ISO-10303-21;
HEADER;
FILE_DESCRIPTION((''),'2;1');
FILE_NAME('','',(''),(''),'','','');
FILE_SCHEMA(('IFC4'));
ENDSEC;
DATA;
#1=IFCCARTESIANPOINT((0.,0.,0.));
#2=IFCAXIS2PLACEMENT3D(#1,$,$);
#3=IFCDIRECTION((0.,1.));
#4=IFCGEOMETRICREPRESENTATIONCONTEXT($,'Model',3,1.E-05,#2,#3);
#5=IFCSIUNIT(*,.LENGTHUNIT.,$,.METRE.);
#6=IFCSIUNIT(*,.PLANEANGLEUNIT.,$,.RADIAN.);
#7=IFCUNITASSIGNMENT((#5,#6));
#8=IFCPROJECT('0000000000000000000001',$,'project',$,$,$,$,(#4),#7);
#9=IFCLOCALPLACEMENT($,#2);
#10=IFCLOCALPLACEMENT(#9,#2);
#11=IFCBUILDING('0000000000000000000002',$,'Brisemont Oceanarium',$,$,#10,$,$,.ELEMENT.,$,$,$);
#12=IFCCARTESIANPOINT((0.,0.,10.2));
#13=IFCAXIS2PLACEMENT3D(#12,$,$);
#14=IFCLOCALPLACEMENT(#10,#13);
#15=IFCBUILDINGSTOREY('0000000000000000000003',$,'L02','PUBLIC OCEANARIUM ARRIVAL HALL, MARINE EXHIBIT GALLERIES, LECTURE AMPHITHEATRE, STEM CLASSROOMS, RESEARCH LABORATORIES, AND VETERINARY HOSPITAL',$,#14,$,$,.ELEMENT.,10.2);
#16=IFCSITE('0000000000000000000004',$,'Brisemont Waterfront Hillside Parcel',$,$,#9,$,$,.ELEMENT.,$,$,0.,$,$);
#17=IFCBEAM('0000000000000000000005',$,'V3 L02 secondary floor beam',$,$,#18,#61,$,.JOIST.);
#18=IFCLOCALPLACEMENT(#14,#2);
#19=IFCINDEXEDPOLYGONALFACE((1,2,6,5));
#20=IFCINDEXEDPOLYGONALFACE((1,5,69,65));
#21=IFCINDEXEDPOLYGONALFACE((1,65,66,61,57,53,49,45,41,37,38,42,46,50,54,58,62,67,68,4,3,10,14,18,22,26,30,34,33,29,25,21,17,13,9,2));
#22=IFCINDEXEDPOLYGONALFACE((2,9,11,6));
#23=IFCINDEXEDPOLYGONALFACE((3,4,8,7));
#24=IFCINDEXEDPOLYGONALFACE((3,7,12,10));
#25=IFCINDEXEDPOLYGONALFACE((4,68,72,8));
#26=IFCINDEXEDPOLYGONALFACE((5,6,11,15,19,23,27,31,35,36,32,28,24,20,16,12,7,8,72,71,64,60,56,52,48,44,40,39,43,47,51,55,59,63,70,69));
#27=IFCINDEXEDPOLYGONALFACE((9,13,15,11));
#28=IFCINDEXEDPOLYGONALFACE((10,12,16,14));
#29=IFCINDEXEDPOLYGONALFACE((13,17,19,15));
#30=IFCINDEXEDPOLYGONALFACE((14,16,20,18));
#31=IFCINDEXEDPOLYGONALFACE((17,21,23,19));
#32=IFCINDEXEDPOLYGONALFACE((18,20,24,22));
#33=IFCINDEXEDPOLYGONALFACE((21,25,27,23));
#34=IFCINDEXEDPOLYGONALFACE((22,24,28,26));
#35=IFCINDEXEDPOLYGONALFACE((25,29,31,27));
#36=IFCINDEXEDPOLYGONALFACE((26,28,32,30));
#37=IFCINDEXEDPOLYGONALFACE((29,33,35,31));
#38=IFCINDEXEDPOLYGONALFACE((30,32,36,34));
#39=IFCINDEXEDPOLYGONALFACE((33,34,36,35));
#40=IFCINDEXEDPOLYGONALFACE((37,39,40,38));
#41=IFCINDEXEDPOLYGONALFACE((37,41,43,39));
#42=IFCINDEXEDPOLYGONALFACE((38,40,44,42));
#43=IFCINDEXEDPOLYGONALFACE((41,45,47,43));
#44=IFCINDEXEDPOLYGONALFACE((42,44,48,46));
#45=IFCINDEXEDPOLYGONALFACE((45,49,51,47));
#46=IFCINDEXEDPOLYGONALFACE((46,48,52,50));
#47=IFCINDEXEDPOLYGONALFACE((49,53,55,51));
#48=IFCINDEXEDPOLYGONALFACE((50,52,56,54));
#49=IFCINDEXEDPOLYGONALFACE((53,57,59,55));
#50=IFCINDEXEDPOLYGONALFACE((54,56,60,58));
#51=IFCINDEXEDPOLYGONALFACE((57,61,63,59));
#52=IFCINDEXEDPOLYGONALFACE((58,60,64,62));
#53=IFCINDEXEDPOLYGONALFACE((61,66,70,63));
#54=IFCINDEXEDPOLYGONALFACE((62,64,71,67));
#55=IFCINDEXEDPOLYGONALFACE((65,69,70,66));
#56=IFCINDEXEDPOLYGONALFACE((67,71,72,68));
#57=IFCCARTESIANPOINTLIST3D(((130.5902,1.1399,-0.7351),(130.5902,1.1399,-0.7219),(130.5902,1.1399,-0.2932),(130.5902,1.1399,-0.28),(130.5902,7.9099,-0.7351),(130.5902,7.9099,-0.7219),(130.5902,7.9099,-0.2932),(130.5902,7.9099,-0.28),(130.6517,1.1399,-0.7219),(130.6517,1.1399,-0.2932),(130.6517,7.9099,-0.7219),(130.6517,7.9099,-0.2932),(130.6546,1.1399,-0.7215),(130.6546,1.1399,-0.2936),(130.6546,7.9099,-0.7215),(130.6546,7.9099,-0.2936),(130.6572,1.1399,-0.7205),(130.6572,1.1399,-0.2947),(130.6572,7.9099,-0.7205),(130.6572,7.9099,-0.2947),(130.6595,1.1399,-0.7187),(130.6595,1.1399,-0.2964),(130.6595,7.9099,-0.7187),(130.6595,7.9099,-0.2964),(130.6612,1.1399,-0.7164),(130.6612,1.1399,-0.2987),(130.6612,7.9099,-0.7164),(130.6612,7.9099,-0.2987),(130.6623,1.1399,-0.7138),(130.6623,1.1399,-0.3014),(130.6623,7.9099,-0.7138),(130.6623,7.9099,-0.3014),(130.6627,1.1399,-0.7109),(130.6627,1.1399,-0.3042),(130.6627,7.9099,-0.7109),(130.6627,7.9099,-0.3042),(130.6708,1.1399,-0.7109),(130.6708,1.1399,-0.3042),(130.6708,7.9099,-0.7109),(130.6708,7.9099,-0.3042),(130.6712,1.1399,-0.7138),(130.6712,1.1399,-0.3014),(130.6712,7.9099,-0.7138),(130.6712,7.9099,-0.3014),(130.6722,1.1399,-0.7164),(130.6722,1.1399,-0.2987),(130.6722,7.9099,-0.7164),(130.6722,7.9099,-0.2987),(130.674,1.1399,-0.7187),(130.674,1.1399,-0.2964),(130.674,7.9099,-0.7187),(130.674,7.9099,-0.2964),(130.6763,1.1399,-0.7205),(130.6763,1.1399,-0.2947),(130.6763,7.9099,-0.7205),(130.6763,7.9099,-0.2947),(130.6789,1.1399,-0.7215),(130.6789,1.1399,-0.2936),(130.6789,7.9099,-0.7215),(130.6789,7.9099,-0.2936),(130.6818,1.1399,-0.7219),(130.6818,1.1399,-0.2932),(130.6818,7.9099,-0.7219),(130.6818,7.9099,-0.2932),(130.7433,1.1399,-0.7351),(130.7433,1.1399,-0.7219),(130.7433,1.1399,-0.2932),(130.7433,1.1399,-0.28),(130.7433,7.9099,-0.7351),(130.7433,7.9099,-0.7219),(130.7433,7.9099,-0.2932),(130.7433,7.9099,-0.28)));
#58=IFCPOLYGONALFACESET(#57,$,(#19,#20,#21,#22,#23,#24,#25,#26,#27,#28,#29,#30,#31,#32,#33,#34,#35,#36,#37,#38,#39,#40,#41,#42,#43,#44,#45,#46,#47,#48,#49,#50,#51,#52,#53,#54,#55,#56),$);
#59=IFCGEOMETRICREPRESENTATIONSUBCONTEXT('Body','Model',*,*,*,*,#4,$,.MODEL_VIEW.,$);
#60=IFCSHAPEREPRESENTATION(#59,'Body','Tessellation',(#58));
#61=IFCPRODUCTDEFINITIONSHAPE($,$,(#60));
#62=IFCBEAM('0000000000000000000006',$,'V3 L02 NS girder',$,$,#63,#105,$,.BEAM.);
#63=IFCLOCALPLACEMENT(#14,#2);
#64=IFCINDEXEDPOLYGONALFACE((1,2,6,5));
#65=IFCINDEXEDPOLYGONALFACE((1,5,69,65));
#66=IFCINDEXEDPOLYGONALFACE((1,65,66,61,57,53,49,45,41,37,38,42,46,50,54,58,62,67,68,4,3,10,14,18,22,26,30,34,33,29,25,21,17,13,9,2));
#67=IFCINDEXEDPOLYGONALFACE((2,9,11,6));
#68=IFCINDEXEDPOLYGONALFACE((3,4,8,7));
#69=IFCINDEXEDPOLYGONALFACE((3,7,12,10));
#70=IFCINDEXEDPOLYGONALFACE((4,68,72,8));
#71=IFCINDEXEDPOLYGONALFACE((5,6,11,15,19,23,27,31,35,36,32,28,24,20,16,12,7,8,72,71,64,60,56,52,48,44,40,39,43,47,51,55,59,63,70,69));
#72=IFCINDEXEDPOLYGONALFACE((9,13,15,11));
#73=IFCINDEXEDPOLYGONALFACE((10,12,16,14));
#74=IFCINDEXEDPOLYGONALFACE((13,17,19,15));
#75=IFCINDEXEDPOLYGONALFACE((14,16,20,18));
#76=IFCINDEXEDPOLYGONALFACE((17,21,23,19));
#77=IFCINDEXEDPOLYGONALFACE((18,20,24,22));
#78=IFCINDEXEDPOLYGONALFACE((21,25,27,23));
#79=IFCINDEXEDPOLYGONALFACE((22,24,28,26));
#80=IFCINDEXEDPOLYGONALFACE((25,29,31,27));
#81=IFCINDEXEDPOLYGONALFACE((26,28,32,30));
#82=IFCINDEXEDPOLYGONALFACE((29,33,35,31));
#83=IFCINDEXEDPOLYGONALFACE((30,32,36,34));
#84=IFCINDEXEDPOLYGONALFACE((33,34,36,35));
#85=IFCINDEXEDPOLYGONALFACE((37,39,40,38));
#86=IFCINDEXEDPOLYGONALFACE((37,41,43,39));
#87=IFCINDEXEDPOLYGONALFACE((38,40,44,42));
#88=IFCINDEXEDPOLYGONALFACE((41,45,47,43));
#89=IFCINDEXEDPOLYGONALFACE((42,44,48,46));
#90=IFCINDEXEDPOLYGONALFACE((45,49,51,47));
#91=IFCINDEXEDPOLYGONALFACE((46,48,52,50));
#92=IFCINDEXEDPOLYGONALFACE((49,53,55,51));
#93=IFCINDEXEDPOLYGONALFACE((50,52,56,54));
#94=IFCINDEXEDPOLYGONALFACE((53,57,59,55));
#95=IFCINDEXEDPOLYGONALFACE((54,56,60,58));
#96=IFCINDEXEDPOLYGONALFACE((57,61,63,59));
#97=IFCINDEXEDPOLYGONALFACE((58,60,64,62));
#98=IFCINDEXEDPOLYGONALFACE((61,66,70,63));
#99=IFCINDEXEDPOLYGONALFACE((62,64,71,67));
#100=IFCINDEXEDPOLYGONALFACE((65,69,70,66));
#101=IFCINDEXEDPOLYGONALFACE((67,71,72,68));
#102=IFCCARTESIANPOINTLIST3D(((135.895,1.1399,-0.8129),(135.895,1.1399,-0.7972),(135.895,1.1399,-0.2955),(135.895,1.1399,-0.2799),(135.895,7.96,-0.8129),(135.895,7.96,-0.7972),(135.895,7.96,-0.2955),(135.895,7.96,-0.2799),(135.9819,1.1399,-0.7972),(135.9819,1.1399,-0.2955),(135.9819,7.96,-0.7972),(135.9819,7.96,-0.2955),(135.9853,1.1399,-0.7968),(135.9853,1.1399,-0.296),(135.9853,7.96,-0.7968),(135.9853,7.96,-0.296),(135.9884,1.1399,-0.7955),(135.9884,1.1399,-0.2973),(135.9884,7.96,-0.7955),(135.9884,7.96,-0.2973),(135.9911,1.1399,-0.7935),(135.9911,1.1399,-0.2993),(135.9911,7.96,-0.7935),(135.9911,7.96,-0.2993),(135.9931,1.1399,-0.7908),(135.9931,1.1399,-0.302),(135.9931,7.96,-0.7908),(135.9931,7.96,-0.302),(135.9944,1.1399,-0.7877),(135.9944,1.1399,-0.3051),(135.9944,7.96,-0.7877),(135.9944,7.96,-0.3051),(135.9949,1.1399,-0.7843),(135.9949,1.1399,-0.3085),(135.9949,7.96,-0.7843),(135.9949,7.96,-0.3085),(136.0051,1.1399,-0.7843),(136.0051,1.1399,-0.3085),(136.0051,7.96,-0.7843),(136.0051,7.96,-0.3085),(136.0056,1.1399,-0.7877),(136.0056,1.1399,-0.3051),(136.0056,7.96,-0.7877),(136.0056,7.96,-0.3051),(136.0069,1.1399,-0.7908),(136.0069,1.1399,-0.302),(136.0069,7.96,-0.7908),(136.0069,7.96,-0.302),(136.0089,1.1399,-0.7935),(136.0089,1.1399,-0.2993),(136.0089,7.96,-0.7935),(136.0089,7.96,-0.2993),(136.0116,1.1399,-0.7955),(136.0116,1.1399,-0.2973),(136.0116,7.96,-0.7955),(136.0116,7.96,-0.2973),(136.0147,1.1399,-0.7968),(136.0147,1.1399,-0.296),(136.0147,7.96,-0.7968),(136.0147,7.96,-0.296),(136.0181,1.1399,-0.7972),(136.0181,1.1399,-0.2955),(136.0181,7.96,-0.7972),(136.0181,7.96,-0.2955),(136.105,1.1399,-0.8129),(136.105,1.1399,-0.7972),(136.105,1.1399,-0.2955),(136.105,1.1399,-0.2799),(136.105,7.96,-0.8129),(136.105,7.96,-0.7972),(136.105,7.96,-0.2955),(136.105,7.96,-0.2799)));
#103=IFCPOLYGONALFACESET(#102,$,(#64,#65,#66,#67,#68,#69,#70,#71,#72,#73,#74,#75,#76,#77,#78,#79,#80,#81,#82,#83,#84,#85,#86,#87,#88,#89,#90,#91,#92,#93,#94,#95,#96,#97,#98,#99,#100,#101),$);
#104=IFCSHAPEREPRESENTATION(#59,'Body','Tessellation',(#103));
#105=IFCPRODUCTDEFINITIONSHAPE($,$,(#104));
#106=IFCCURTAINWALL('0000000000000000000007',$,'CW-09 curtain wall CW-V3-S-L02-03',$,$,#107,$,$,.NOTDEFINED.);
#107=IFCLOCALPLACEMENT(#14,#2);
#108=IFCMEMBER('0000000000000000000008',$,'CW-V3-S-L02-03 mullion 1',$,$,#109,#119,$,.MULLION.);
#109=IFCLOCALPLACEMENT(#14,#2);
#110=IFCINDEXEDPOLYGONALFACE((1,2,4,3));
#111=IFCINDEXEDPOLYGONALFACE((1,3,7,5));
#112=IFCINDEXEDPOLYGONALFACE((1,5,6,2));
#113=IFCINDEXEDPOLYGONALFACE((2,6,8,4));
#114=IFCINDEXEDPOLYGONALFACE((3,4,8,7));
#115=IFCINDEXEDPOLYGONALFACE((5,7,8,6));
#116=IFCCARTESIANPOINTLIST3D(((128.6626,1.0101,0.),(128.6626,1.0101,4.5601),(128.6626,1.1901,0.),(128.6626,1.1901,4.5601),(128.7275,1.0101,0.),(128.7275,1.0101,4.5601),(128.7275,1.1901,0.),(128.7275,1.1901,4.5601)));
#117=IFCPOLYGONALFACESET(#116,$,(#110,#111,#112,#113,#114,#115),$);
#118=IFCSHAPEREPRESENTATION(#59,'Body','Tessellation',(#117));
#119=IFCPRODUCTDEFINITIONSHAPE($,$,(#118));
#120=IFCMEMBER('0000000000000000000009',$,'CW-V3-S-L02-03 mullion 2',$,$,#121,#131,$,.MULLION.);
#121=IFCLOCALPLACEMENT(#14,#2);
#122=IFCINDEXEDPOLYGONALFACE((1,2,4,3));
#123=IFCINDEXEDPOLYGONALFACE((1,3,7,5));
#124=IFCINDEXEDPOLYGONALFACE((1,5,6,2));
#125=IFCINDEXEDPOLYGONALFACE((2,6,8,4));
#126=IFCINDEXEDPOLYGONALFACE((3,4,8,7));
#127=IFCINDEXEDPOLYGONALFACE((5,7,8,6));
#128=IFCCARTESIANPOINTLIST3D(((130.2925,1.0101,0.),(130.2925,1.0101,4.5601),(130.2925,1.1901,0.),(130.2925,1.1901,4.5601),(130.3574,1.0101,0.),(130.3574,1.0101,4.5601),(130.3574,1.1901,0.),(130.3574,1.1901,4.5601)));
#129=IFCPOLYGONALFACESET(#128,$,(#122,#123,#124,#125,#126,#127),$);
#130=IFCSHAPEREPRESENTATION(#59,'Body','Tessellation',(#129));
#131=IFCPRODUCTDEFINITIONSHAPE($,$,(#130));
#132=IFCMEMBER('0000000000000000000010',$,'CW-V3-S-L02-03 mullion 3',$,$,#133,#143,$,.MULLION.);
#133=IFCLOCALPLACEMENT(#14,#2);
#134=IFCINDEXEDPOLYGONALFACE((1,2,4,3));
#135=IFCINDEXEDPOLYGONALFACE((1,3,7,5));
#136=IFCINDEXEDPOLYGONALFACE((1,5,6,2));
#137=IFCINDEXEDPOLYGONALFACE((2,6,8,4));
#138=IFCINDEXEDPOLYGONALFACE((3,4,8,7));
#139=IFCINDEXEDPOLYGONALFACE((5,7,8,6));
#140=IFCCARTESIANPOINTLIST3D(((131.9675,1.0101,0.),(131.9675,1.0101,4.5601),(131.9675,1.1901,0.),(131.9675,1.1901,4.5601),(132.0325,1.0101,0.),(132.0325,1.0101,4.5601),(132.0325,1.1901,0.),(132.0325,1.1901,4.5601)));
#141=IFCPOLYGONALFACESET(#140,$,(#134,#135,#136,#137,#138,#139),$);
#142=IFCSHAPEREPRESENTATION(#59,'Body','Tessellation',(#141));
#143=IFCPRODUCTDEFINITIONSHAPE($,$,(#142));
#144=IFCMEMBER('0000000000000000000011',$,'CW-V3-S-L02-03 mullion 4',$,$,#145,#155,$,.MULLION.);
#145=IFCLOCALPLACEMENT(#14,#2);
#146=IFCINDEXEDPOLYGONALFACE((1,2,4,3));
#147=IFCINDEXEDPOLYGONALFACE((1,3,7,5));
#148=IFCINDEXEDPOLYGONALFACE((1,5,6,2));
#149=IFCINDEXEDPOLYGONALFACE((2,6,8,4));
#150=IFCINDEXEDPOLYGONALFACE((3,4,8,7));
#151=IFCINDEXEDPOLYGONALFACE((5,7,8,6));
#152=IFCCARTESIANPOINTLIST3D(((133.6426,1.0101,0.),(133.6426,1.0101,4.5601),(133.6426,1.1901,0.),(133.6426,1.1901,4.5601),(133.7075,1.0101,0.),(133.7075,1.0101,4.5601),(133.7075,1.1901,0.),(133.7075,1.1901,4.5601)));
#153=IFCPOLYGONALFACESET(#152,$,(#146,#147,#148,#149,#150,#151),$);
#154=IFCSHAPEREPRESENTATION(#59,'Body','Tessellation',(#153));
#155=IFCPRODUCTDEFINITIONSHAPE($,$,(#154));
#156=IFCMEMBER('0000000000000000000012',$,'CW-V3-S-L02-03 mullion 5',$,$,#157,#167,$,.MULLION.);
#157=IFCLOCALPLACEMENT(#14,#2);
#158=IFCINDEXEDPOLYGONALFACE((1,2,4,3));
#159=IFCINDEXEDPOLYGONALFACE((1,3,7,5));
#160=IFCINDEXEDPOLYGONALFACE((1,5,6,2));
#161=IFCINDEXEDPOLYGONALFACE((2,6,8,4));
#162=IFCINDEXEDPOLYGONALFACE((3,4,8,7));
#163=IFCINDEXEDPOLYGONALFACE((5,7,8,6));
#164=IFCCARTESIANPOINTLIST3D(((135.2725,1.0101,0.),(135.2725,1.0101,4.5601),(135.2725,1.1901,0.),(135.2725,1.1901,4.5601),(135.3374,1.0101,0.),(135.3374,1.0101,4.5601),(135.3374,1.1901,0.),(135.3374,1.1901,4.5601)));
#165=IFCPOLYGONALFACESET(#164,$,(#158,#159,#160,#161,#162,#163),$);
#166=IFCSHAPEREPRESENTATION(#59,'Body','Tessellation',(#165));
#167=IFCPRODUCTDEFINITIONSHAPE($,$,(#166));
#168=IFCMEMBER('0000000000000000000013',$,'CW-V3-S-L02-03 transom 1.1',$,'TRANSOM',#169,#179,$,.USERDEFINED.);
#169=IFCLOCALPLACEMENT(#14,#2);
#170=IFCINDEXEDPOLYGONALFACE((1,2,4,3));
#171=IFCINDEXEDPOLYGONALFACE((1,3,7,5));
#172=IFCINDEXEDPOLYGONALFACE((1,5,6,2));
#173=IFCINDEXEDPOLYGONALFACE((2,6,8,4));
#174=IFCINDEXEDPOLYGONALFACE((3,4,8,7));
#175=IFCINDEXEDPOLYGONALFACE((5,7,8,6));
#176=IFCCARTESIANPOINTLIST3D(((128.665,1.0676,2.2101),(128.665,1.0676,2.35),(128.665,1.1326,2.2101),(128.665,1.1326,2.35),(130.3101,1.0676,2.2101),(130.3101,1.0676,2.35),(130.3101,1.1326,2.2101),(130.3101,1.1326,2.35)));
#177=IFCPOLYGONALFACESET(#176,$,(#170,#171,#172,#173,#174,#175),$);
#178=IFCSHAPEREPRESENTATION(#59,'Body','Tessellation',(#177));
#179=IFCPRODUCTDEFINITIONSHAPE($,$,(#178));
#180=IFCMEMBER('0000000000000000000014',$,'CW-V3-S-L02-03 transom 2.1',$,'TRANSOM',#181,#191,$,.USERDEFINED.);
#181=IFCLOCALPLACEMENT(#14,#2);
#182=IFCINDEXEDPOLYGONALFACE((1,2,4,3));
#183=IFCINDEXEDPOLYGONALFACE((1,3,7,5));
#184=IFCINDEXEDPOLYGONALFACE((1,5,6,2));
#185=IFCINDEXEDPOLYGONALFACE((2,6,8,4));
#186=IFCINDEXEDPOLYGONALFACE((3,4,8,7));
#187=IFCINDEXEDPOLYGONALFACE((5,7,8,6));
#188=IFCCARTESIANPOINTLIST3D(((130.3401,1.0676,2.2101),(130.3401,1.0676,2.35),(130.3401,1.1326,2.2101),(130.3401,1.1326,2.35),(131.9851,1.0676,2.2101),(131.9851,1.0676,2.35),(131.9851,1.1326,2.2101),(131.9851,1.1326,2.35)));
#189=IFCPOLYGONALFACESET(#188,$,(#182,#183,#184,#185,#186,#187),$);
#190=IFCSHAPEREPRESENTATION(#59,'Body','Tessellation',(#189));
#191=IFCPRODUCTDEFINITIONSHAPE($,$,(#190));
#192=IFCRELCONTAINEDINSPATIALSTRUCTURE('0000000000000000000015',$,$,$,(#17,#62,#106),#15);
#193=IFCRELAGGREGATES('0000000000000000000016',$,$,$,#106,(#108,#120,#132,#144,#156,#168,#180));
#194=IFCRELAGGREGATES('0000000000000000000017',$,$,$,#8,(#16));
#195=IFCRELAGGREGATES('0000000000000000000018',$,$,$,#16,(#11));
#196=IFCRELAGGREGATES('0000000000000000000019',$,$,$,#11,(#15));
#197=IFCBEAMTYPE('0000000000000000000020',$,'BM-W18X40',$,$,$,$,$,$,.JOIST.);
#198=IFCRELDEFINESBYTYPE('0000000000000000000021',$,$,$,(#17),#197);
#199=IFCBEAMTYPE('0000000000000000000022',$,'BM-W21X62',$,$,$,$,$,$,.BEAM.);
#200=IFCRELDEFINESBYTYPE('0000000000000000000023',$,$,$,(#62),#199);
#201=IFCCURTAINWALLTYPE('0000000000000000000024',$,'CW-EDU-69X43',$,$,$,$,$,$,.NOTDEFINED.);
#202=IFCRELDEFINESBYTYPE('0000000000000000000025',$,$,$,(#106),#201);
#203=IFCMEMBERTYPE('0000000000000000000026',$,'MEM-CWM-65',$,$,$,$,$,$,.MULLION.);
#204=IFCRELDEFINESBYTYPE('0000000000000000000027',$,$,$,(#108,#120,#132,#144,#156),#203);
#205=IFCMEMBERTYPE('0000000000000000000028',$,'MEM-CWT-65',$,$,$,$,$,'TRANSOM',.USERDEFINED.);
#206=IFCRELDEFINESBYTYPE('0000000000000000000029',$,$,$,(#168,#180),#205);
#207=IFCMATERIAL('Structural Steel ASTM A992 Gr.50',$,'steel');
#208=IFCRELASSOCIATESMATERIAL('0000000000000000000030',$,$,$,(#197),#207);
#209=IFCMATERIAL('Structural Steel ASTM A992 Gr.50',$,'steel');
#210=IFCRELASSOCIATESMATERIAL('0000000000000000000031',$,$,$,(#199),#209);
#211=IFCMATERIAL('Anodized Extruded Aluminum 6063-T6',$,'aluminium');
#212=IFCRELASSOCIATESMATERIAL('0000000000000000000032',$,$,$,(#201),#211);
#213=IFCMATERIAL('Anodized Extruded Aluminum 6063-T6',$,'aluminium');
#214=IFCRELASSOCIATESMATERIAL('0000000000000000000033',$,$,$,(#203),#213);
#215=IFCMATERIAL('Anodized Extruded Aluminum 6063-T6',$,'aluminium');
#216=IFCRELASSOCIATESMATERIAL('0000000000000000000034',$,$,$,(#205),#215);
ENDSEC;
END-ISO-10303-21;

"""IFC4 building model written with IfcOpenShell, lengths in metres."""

from ifc_helpers import new_model, si_unit, direction, frame, origin, origin_2d, place, context, subcontext, project, spatial, rectangle, i_section, extrude, material, material_profile, profile_set, type_object, element, aggregate, save


model = new_model("IFC4")

# Units and contexts
model_context = context("Model", 3, precision=1e-05, world=origin(), true_north=direction((0.0, 1.0)))
body_context = subcontext(model_context, "Body", "Model", "MODEL_VIEW")
ifc_project = project(units=[si_unit("LENGTHUNIT", "METRE"), si_unit("PLANEANGLEUNIT", "RADIAN")], contexts=[model_context])

# Site, building, storey
site_placement = place(None, origin())
site = spatial("IfcSite", under=ifc_project, at=site_placement, Name="Brisemont Waterfront Hillside Parcel", CompositionType="ELEMENT", RefElevation=0.0)
building_placement = place(site_placement, origin())
building = spatial("IfcBuilding", under=site, at=building_placement, Name="Brisemont Oceanarium", CompositionType="ELEMENT")
storey_placement = place(building_placement, frame((0.0, 0.0, 10.2)))
storey = spatial("IfcBuildingStorey", under=building, at=storey_placement, Name="L02", Description="PUBLIC OCEANARIUM ARRIVAL HALL, MARINE EXHIBIT GALLERIES, LECTURE AMPHITHEATRE, STEM CLASSROOMS, RESEARCH LABORATORIES, AND VETERINARY HOSPITAL", CompositionType="ELEMENT", Elevation=10.2)

# Beams
ifc_material_1 = material(Name="Structural Steel ASTM A992 Gr.50", Category="steel")
ifc_material_profile_1 = material_profile(ifc_material_1, i_section(OverallWidth=0.1531, OverallDepth=0.4551, WebThickness=0.0081, FlangeThickness=0.0132, FilletRadius=0.011, at=origin_2d()), Name="W18X40")
ifc_profile_set_1 = profile_set([ifc_material_profile_1], Name="Structural Steel ASTM A992 Gr.50")
beam_type_1 = type_object("IfcBeamType", Name="BM-W18X40", PredefinedType="JOIST", material=ifc_profile_set_1)
beam_1_placement = place(storey_placement, frame((130.6667, 1.1399, -0.5076), z_axis=(0.0, 1.0, 0.0), x_axis=(-1.0, 0.0, 0.0)))
element("IfcBeam", 1, at=beam_1_placement, inside=storey, type_object=beam_type_1, Name="V3 L02 secondary floor beam", PredefinedType="JOIST", context=body_context, shape_type="SweptSolid", body=[
    extrude(i_section(OverallWidth=0.1531, OverallDepth=0.4551, WebThickness=0.0081, FlangeThickness=0.0132, FilletRadius=0.011, at=origin_2d()), origin(), (0.0, 0.0, 1.0), 6.77),
])
ifc_material_2 = material(Name="Structural Steel ASTM A992 Gr.50", Category="steel")
ifc_material_profile_2 = material_profile(ifc_material_2, i_section(OverallWidth=0.21, OverallDepth=0.533, WebThickness=0.0103, FlangeThickness=0.0156, FilletRadius=0.0129, at=origin_2d()), Name="W21X62")
ifc_profile_set_2 = profile_set([ifc_material_profile_2], Name="Structural Steel ASTM A992 Gr.50")
beam_type_2 = type_object("IfcBeamType", Name="BM-W21X62", PredefinedType="BEAM", material=ifc_profile_set_2)
beam_2_placement = place(storey_placement, frame((136.0, 1.1399, -0.5464), z_axis=(0.0, 1.0, 0.0), x_axis=(-1.0, 0.0, 0.0)))
element("IfcBeam", 2, at=beam_2_placement, inside=storey, type_object=beam_type_2, Name="V3 L02 NS girder", PredefinedType="BEAM", context=body_context, shape_type="SweptSolid", body=[
    extrude(i_section(OverallWidth=0.21, OverallDepth=0.533, WebThickness=0.0103, FlangeThickness=0.0156, FilletRadius=0.0129, at=origin_2d()), origin(), (0.0, 0.0, 1.0), 6.8201),
])

# Curtain wall, members
ifc_material_3 = material(Name="Anodized Extruded Aluminum 6063-T6", Category="aluminium")
curtain_wall_type = type_object("IfcCurtainWallType", Name="CW-EDU-69X43", PredefinedType="NOTDEFINED", material=ifc_material_3)
curtain_wall_placement = place(storey_placement, origin())
curtain_wall = element("IfcCurtainWall", 3, at=curtain_wall_placement, inside=storey, type_object=curtain_wall_type, Name="CW-09 curtain wall CW-V3-S-L02-03", PredefinedType="NOTDEFINED")
ifc_material_4 = material(Name="Anodized Extruded Aluminum 6063-T6", Category="aluminium")
ifc_material_profile_3 = material_profile(ifc_material_4, rectangle(XDim=0.0649, YDim=0.1799, at=origin_2d()), Name="CWM-65X180")
ifc_profile_set_3 = profile_set([ifc_material_profile_3], Name="Anodized Extruded Aluminum 6063-T6")
member_type_1 = type_object("IfcMemberType", Name="MEM-CWM-65", PredefinedType="MULLION", material=ifc_profile_set_3)
member_1_placement = place(storey_placement, frame((128.6951, 1.1001, 0.0), z_axis=(0.0, 0.0, 1.0), x_axis=(1.0, 0.0, 0.0)))
member_1 = element("IfcMember", 4, at=member_1_placement, type_object=member_type_1, Name="CW-V3-S-L02-03 mullion 1", PredefinedType="MULLION", context=body_context, shape_type="SweptSolid", body=[
    extrude(rectangle(XDim=0.0649, YDim=0.1799, at=origin_2d()), origin(), (0.0, 0.0, 1.0), 4.5601),
])
member_2_placement = place(storey_placement, frame((130.325, 1.1001, 0.0), z_axis=(0.0, 0.0, 1.0), x_axis=(1.0, 0.0, 0.0)))
member_2 = element("IfcMember", 5, at=member_2_placement, type_object=member_type_1, Name="CW-V3-S-L02-03 mullion 2", PredefinedType="MULLION", context=body_context, shape_type="SweptSolid", body=[
    extrude(rectangle(XDim=0.0649, YDim=0.1799, at=origin_2d()), origin(), (0.0, 0.0, 1.0), 4.5601),
])
member_3_placement = place(storey_placement, frame((132.0, 1.1001, 0.0), z_axis=(0.0, 0.0, 1.0), x_axis=(1.0, 0.0, 0.0)))
member_3 = element("IfcMember", 6, at=member_3_placement, type_object=member_type_1, Name="CW-V3-S-L02-03 mullion 3", PredefinedType="MULLION", context=body_context, shape_type="SweptSolid", body=[
    extrude(rectangle(XDim=0.0649, YDim=0.1799, at=origin_2d()), origin(), (0.0, 0.0, 1.0), 4.5601),
])
member_4_placement = place(storey_placement, frame((133.675, 1.1001, 0.0), z_axis=(0.0, 0.0, 1.0), x_axis=(1.0, 0.0, 0.0)))
member_4 = element("IfcMember", 7, at=member_4_placement, type_object=member_type_1, Name="CW-V3-S-L02-03 mullion 4", PredefinedType="MULLION", context=body_context, shape_type="SweptSolid", body=[
    extrude(rectangle(XDim=0.0649, YDim=0.1799, at=origin_2d()), origin(), (0.0, 0.0, 1.0), 4.5601),
])
member_5_placement = place(storey_placement, frame((135.3049, 1.1001, 0.0), z_axis=(0.0, 0.0, 1.0), x_axis=(1.0, 0.0, 0.0)))
member_5 = element("IfcMember", 8, at=member_5_placement, type_object=member_type_1, Name="CW-V3-S-L02-03 mullion 5", PredefinedType="MULLION", context=body_context, shape_type="SweptSolid", body=[
    extrude(rectangle(XDim=0.0649, YDim=0.1799, at=origin_2d()), origin(), (0.0, 0.0, 1.0), 4.5601),
])
ifc_material_5 = material(Name="Anodized Extruded Aluminum 6063-T6", Category="aluminium")
ifc_material_profile_4 = material_profile(ifc_material_5, rectangle(XDim=0.0649, YDim=0.1399, at=origin_2d()), Name="CWT-65X140")
ifc_profile_set_4 = profile_set([ifc_material_profile_4], Name="Anodized Extruded Aluminum 6063-T6")
member_type_2 = type_object("IfcMemberType", Name="MEM-CWT-65", ElementType="TRANSOM", PredefinedType="USERDEFINED", material=ifc_profile_set_4)
member_6_placement = place(storey_placement, frame((128.665, 1.1001, 2.28), z_axis=(1.0, 0.0, 0.0), x_axis=(0.0, 1.0, 0.0)))
member_6 = element("IfcMember", 9, at=member_6_placement, type_object=member_type_2, Name="CW-V3-S-L02-03 transom 1.1", ObjectType="TRANSOM", PredefinedType="USERDEFINED", context=body_context, shape_type="SweptSolid", body=[
    extrude(rectangle(XDim=0.0649, YDim=0.1399, at=origin_2d()), origin(), (0.0, 0.0, 1.0), 1.645),
])
member_7_placement = place(storey_placement, frame((130.3401, 1.1001, 2.28), z_axis=(1.0, 0.0, 0.0), x_axis=(0.0, 1.0, 0.0)))
member_7 = element("IfcMember", 10, at=member_7_placement, type_object=member_type_2, Name="CW-V3-S-L02-03 transom 2.1", ObjectType="TRANSOM", PredefinedType="USERDEFINED", context=body_context, shape_type="SweptSolid", body=[
    extrude(rectangle(XDim=0.0649, YDim=0.1399, at=origin_2d()), origin(), (0.0, 0.0, 1.0), 1.645),
])
aggregate(curtain_wall, [member_1, member_2, member_3, member_4, member_5, member_6, member_7])

save(model, "model.ifc")
